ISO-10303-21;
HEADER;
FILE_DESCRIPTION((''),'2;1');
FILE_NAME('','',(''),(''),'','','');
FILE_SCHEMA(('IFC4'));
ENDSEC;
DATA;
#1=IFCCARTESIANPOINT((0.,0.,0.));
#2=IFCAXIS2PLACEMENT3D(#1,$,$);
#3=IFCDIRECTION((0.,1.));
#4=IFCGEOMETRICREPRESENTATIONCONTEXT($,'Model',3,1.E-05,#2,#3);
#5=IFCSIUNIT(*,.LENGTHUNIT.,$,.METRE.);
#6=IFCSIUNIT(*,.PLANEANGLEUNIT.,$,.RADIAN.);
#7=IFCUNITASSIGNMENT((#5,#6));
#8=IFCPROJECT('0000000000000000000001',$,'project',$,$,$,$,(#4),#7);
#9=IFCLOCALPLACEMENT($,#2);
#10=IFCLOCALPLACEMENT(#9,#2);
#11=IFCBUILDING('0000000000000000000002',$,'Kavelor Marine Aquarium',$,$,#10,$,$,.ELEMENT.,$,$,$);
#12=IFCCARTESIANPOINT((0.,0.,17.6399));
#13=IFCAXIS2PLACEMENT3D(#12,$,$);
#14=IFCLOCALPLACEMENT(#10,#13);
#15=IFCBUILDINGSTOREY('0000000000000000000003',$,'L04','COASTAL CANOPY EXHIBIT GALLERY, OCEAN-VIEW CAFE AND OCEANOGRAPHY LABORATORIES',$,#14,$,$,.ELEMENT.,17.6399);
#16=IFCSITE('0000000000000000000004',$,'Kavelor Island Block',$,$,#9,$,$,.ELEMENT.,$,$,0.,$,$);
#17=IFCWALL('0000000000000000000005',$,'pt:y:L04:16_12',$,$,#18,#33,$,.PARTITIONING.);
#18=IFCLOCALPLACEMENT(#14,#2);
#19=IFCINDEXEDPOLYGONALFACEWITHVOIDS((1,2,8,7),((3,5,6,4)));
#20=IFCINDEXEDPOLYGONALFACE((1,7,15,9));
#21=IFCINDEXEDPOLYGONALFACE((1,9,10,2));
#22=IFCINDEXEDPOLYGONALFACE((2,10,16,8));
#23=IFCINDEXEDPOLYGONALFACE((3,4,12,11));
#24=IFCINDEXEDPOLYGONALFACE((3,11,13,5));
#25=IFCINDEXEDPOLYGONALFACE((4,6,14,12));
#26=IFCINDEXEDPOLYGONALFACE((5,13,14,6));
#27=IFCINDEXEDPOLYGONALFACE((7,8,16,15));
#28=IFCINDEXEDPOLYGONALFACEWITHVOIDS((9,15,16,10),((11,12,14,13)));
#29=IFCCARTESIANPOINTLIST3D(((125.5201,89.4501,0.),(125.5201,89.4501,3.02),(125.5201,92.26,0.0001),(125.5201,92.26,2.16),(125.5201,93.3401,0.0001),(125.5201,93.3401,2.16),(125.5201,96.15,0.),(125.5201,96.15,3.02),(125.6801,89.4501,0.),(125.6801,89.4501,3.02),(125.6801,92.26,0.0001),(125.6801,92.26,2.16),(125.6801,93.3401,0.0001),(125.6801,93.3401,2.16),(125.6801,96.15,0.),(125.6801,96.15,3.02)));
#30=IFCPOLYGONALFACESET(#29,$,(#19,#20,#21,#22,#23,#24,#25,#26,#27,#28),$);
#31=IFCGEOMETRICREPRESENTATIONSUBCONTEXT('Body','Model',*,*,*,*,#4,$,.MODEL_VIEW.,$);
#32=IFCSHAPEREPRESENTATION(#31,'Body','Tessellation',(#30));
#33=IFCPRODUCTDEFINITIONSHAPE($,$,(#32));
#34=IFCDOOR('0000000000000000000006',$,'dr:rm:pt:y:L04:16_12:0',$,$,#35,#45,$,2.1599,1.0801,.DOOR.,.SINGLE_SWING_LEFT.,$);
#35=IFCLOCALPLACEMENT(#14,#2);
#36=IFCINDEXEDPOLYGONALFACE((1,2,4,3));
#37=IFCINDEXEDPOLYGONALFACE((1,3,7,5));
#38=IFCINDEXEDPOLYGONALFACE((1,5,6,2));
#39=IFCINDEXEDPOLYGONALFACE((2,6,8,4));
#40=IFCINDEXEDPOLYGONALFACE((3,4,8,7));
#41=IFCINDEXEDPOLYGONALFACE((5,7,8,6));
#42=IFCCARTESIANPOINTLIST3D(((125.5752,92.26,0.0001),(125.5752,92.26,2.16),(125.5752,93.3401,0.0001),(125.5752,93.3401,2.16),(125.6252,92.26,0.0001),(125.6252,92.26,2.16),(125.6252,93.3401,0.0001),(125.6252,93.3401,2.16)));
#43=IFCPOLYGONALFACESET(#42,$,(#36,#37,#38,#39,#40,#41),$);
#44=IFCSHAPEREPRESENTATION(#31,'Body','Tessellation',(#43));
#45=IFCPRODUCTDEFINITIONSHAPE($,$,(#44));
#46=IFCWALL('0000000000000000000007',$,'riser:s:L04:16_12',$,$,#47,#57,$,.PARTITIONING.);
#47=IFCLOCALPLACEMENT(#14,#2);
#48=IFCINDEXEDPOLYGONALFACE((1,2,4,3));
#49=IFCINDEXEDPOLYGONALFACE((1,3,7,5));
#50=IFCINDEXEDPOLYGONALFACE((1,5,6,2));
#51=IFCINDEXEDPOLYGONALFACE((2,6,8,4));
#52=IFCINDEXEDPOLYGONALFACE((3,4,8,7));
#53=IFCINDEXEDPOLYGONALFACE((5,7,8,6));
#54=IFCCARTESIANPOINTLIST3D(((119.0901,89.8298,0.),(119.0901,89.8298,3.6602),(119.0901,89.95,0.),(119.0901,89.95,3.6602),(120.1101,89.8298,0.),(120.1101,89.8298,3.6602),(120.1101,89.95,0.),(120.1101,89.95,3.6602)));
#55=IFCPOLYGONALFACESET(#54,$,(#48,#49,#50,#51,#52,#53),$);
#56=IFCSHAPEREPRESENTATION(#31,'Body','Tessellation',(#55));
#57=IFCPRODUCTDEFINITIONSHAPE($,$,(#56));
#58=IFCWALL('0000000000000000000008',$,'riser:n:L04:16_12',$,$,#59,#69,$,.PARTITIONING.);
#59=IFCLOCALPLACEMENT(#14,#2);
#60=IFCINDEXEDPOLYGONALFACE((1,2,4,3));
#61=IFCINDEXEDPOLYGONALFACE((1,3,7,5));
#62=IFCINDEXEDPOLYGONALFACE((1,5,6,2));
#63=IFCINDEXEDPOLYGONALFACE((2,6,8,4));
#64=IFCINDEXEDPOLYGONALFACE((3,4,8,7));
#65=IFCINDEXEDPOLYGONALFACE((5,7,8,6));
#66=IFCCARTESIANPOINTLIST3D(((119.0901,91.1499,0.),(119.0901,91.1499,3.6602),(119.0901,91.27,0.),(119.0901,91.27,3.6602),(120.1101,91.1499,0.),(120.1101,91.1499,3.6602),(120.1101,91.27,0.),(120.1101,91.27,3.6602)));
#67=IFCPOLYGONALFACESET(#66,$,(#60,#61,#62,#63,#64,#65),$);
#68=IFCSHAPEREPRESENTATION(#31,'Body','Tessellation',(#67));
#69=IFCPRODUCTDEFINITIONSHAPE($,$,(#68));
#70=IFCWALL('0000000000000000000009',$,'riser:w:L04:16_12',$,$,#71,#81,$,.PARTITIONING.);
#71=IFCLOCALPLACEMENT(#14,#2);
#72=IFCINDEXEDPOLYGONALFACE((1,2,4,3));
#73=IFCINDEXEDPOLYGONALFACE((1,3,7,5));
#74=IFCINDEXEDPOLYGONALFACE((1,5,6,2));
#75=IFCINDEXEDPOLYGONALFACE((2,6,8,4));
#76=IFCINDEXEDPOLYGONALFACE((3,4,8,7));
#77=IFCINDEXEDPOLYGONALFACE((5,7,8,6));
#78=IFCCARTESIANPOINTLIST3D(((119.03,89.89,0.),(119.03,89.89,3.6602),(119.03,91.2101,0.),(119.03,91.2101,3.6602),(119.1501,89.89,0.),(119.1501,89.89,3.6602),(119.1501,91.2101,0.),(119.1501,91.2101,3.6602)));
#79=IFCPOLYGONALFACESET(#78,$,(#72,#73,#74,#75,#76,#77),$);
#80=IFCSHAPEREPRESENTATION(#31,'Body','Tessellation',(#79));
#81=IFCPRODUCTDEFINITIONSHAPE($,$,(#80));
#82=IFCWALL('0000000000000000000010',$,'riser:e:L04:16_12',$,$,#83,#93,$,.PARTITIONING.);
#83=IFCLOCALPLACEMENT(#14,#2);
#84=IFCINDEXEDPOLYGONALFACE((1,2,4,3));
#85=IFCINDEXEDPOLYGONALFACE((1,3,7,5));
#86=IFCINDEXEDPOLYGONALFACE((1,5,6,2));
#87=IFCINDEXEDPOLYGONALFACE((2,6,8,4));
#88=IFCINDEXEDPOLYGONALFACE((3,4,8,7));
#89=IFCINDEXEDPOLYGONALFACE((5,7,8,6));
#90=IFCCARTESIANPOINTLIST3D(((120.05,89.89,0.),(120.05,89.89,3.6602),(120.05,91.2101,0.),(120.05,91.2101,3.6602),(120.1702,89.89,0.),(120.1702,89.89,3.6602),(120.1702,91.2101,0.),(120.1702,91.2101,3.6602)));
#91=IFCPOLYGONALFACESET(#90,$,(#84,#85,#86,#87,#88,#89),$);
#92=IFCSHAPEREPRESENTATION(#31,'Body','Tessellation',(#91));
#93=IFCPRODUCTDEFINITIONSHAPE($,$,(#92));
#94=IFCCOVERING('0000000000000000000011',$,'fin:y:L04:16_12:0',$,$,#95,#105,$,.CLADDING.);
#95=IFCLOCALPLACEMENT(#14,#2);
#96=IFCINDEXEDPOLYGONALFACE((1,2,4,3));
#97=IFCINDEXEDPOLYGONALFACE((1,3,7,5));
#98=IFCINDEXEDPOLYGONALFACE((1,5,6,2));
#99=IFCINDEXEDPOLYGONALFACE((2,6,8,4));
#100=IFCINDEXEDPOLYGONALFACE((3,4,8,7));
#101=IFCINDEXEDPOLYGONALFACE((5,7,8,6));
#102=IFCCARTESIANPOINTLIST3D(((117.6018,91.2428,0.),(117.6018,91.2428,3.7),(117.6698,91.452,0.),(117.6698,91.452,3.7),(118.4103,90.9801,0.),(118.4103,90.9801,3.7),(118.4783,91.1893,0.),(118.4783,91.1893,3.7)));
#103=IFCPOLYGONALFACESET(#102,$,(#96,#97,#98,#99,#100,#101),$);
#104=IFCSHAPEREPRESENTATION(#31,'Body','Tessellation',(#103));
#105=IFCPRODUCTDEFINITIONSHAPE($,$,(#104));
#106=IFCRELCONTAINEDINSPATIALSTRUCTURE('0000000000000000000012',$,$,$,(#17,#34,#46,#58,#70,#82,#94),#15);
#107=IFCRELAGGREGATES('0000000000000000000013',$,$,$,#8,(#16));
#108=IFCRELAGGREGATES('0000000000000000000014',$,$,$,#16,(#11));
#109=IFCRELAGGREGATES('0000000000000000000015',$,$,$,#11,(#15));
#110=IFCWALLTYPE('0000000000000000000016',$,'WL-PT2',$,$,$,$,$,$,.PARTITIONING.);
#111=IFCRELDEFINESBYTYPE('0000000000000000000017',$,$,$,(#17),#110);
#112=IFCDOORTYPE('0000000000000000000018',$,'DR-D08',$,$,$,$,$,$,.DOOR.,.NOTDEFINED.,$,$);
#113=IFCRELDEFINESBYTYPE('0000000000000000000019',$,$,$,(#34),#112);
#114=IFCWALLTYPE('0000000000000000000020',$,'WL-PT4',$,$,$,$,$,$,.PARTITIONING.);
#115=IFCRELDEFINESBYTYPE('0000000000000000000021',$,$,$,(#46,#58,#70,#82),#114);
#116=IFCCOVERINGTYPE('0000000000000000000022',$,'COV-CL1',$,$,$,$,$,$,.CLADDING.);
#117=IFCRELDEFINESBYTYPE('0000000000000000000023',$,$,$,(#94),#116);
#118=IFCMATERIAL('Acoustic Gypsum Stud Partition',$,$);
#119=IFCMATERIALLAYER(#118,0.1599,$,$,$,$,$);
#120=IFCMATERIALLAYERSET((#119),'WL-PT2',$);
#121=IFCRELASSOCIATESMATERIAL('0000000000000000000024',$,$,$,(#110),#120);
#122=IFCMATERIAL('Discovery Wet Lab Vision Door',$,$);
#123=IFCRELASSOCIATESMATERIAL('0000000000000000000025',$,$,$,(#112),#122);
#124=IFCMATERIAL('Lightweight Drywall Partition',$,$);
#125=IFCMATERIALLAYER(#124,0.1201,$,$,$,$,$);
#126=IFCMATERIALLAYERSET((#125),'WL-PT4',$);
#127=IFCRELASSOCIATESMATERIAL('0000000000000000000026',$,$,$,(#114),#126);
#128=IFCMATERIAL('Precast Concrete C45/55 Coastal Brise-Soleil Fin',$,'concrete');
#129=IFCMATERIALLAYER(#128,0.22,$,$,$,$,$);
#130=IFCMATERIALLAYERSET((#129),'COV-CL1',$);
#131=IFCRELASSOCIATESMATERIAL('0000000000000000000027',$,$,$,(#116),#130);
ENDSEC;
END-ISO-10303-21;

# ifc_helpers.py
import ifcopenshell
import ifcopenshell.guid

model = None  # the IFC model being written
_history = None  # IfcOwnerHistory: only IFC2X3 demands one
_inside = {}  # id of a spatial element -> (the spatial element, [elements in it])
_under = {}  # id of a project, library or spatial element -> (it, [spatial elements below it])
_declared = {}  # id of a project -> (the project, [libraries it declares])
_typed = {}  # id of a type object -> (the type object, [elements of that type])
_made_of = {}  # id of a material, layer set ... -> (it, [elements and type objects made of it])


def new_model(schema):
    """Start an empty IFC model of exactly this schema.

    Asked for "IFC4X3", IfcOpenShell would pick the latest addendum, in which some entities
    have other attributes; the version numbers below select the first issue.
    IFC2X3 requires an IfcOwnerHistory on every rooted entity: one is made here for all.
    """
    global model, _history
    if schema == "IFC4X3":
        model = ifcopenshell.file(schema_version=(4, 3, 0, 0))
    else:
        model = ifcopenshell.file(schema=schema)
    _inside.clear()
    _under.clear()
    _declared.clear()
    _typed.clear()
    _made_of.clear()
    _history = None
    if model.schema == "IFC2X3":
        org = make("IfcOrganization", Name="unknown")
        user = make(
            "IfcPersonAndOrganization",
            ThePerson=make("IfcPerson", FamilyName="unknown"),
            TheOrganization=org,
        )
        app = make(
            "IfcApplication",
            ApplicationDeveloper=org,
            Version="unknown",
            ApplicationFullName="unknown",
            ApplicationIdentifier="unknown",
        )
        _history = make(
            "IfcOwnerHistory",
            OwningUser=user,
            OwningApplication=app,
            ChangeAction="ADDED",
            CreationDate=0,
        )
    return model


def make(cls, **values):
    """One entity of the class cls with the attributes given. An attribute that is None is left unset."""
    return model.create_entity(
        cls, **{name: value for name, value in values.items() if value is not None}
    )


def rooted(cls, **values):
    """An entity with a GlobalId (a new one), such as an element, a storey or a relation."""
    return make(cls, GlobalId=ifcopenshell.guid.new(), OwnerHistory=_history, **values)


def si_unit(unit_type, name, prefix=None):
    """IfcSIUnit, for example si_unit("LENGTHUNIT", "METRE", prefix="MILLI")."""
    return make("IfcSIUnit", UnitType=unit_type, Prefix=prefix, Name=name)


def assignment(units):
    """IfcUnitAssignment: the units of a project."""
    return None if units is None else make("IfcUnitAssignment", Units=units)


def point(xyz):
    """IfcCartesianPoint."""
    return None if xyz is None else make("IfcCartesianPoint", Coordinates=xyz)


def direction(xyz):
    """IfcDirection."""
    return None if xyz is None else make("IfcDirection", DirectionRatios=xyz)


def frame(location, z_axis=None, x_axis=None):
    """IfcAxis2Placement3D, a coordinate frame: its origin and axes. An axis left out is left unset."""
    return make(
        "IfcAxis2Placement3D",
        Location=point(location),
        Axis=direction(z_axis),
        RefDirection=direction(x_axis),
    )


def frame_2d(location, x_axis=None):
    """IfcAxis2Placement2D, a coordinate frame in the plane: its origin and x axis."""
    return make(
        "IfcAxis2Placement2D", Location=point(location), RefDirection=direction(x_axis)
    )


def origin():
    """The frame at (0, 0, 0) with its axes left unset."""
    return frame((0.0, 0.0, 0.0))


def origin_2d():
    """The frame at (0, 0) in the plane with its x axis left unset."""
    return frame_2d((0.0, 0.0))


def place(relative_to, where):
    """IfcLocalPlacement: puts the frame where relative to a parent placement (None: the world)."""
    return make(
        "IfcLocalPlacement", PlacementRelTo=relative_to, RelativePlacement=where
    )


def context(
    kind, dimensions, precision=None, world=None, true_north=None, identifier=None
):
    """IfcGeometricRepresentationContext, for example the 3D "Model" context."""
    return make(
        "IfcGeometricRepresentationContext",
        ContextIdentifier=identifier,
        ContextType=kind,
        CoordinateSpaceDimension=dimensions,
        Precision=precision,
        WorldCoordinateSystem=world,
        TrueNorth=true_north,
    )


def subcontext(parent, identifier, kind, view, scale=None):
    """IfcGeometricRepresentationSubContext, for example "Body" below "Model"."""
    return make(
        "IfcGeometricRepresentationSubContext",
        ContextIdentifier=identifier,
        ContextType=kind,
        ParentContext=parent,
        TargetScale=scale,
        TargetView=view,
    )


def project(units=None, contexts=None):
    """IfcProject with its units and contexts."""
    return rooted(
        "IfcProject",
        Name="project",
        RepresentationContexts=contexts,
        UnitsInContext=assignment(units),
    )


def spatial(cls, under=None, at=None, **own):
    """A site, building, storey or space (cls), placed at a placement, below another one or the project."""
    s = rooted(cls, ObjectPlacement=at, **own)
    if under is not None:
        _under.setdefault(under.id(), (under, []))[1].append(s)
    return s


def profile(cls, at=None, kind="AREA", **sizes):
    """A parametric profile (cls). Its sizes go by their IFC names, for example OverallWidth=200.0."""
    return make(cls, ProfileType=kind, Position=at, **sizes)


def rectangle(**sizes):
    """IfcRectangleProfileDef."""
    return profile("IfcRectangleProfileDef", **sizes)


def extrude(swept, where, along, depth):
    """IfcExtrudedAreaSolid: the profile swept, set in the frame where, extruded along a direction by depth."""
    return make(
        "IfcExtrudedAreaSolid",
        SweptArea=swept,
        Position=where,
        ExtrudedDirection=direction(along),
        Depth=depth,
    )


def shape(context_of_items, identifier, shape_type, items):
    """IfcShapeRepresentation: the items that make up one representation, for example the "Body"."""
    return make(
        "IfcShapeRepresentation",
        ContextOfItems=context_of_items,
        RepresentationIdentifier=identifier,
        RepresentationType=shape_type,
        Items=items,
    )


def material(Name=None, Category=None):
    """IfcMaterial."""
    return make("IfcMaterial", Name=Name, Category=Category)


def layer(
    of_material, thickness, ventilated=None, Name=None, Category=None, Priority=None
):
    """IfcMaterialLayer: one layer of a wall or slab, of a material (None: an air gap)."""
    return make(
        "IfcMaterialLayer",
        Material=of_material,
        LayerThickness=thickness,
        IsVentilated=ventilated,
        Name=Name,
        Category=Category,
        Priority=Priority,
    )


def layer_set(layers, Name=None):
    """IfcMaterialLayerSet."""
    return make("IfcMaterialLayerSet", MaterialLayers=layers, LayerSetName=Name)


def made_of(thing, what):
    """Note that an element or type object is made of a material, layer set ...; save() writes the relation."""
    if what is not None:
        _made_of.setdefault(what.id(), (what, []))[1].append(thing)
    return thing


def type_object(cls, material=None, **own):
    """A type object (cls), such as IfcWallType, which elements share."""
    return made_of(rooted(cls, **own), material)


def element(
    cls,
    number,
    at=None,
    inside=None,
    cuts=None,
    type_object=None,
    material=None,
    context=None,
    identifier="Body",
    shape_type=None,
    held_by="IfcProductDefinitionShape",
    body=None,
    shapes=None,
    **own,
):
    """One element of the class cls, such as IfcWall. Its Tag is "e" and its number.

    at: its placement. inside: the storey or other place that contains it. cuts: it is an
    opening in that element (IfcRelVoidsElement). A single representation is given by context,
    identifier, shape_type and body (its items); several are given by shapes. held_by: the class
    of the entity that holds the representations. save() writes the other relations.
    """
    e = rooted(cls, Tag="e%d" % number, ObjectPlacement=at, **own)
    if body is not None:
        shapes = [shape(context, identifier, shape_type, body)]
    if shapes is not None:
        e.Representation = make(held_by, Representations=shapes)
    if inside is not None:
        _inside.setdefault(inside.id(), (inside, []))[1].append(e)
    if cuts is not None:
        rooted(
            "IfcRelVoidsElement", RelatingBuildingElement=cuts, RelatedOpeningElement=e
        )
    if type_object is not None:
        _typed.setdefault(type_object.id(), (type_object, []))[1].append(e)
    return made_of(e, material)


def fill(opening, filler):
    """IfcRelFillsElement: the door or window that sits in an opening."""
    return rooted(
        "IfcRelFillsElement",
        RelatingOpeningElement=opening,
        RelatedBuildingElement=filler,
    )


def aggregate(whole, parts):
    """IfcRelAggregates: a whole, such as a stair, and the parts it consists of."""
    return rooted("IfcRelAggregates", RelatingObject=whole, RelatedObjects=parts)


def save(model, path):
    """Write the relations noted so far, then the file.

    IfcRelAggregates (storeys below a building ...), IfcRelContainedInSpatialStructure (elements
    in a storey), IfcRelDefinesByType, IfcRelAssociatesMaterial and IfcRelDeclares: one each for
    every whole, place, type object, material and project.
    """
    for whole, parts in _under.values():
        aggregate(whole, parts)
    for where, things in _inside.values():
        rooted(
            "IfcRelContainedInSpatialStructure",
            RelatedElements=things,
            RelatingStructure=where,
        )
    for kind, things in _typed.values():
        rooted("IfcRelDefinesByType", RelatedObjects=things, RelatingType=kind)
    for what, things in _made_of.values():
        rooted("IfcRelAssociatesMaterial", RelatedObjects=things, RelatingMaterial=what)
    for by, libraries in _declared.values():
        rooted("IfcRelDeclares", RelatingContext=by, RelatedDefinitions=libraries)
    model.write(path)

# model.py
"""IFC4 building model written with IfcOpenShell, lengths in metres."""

from ifc_helpers import new_model, si_unit, direction, frame, frame_2d, origin, origin_2d, place, context, subcontext, project, spatial, rectangle, extrude, material, layer, layer_set, type_object, element, fill, save


model = new_model("IFC4")

# Units and contexts
model_context = context("Model", 3, precision=1e-05, world=origin(), true_north=direction((0.0, 1.0)))
body_context = subcontext(model_context, "Body", "Model", "MODEL_VIEW")
ifc_project = project(units=[si_unit("LENGTHUNIT", "METRE"), si_unit("PLANEANGLEUNIT", "RADIAN")], contexts=[model_context])

# Site, building, storey
site_placement = place(None, origin())
site = spatial("IfcSite", under=ifc_project, at=site_placement, Name="Kavelor Island Block", CompositionType="ELEMENT", RefElevation=0.0)
building_placement = place(site_placement, origin())
building = spatial("IfcBuilding", under=site, at=building_placement, Name="Kavelor Marine Aquarium", CompositionType="ELEMENT")
storey_placement = place(building_placement, frame((0.0, 0.0, 17.6399)))
storey = spatial("IfcBuildingStorey", under=building, at=storey_placement, Name="L04", Description="COASTAL CANOPY EXHIBIT GALLERY, OCEAN-VIEW CAFE AND OCEANOGRAPHY LABORATORIES", CompositionType="ELEMENT", Elevation=17.6399)

# Wall, opening, door
ifc_material_1 = material(Name="Acoustic Gypsum Stud Partition")
ifc_layer_1 = layer(ifc_material_1, 0.1599)
ifc_layer_set_1 = layer_set([ifc_layer_1], Name="WL-PT2")
wall_type_1 = type_object("IfcWallType", Name="WL-PT2", PredefinedType="PARTITIONING", material=ifc_layer_set_1)
wall_1_placement = place(storey_placement, frame((125.6001, 89.45, 0.0), z_axis=(0.0, 0.0, 1.0), x_axis=(0.0, 1.0, 0.0)))
wall_1 = element("IfcWall", 1, at=wall_1_placement, inside=storey, type_object=wall_type_1, Name="pt:y:L04:16_12", PredefinedType="PARTITIONING", context=body_context, shape_type="SweptSolid", body=[
    extrude(rectangle(XDim=6.7, YDim=0.1599, at=frame_2d((3.3501, 0.0))), origin(), (0.0, 0.0, 1.0), 3.02),
])
opening_1_placement = place(wall_1_placement, frame((2.8101, 0.0, 0.0)))
opening_1 = element("IfcOpeningElement", 2, at=opening_1_placement, cuts=wall_1, PredefinedType="OPENING", context=body_context, shape_type="SweptSolid", body=[
    extrude(rectangle(XDim=1.0801, YDim=2.1599, at=frame_2d((0.54, 1.0801))), frame((0.0, 0.0898, 0.0), z_axis=(0.0, -1.0, 0.0), x_axis=(1.0, 0.0, 0.0)), (0.0, 0.0, 1.0), 0.1799),
])
ifc_material_2 = material(Name="Discovery Wet Lab Vision Door")
door_type_1 = type_object("IfcDoorType", Name="DR-D08", OperationType="NOTDEFINED", PredefinedType="DOOR", material=ifc_material_2)
door_1_placement = place(opening_1_placement, origin())
door_1 = element("IfcDoor", 3, at=door_1_placement, inside=storey, type_object=door_type_1, Name="dr:rm:pt:y:L04:16_12:0", OperationType="SINGLE_SWING_LEFT", OverallHeight=2.1599, OverallWidth=1.0801, PredefinedType="DOOR", context=body_context, shape_type="SweptSolid", body=[
    extrude(rectangle(XDim=1.0801, YDim=2.1599, at=frame_2d((0.54, 1.0801))), frame((0.0, 0.0249, 0.0), z_axis=(0.0, -1.0, 0.0), x_axis=(1.0, 0.0, 0.0)), (0.0, 0.0, 1.0), 0.05),
])
fill(opening_1, door_1)

# Walls
ifc_material_3 = material(Name="Lightweight Drywall Partition")
ifc_layer_2 = layer(ifc_material_3, 0.1201)
ifc_layer_set_2 = layer_set([ifc_layer_2], Name="WL-PT4")
wall_type_2 = type_object("IfcWallType", Name="WL-PT4", PredefinedType="PARTITIONING", material=ifc_layer_set_2)
for number, where, z_axis, x_axis, name in (
    (4, (119.0901, 89.8899, 0.0), (0.0, 0.0, 1.0), (1.0, 0.0, 0.0), "riser:s:L04:16_12"),
    (5, (119.0901, 91.21, 0.0), (0.0, 0.0, 1.0), (1.0, 0.0, 0.0), "riser:n:L04:16_12"),
):
    element("IfcWall", number, at=place(storey_placement, frame(where, z_axis=z_axis, x_axis=x_axis)), inside=storey, type_object=wall_type_2, Name=name, PredefinedType="PARTITIONING", context=body_context, shape_type="SweptSolid", body=[
        extrude(rectangle(XDim=1.02, YDim=0.1201, at=frame_2d((0.51, 0.0))), origin(), (0.0, 0.0, 1.0), 3.6602),
    ])
for number, where, z_axis, x_axis, name in (
    (6, (119.0901, 89.8899, 0.0), (0.0, 0.0, 1.0), (0.0, 1.0, 0.0), "riser:w:L04:16_12"),
    (7, (120.1101, 89.8899, 0.0), (0.0, 0.0, 1.0), (0.0, 1.0, 0.0), "riser:e:L04:16_12"),
):
    element("IfcWall", number, at=place(storey_placement, frame(where, z_axis=z_axis, x_axis=x_axis)), inside=storey, type_object=wall_type_2, Name=name, PredefinedType="PARTITIONING", context=body_context, shape_type="SweptSolid", body=[
        extrude(rectangle(XDim=1.3201, YDim=0.1201, at=frame_2d((0.6602, 0.0))), origin(), (0.0, 0.0, 1.0), 3.6602),
    ])

# Covering
ifc_material_4 = material(Name="Precast Concrete C45/55 Coastal Brise-Soleil Fin", Category="concrete")
ifc_layer_3 = layer(ifc_material_4, 0.22)
ifc_layer_set_3 = layer_set([ifc_layer_3], Name="COV-CL1")
covering_type = type_object("IfcCoveringType", Name="COV-CL1", PredefinedType="CLADDING", material=ifc_layer_set_3)
covering_placement = place(storey_placement, frame((118.04, 91.2161, 0.0), z_axis=(0.0, 0.0, 1.0), x_axis=(0.951057, -0.309017, 0.0)))
element("IfcCovering", 8, at=covering_placement, inside=storey, type_object=covering_type, Name="fin:y:L04:16_12:0", PredefinedType="CLADDING", context=body_context, shape_type="SweptSolid", body=[
    extrude(rectangle(XDim=0.8501, YDim=0.22, at=origin_2d()), origin(), (0.0, 0.0, 1.0), 3.7),
])

save(model, "model.ifc")
